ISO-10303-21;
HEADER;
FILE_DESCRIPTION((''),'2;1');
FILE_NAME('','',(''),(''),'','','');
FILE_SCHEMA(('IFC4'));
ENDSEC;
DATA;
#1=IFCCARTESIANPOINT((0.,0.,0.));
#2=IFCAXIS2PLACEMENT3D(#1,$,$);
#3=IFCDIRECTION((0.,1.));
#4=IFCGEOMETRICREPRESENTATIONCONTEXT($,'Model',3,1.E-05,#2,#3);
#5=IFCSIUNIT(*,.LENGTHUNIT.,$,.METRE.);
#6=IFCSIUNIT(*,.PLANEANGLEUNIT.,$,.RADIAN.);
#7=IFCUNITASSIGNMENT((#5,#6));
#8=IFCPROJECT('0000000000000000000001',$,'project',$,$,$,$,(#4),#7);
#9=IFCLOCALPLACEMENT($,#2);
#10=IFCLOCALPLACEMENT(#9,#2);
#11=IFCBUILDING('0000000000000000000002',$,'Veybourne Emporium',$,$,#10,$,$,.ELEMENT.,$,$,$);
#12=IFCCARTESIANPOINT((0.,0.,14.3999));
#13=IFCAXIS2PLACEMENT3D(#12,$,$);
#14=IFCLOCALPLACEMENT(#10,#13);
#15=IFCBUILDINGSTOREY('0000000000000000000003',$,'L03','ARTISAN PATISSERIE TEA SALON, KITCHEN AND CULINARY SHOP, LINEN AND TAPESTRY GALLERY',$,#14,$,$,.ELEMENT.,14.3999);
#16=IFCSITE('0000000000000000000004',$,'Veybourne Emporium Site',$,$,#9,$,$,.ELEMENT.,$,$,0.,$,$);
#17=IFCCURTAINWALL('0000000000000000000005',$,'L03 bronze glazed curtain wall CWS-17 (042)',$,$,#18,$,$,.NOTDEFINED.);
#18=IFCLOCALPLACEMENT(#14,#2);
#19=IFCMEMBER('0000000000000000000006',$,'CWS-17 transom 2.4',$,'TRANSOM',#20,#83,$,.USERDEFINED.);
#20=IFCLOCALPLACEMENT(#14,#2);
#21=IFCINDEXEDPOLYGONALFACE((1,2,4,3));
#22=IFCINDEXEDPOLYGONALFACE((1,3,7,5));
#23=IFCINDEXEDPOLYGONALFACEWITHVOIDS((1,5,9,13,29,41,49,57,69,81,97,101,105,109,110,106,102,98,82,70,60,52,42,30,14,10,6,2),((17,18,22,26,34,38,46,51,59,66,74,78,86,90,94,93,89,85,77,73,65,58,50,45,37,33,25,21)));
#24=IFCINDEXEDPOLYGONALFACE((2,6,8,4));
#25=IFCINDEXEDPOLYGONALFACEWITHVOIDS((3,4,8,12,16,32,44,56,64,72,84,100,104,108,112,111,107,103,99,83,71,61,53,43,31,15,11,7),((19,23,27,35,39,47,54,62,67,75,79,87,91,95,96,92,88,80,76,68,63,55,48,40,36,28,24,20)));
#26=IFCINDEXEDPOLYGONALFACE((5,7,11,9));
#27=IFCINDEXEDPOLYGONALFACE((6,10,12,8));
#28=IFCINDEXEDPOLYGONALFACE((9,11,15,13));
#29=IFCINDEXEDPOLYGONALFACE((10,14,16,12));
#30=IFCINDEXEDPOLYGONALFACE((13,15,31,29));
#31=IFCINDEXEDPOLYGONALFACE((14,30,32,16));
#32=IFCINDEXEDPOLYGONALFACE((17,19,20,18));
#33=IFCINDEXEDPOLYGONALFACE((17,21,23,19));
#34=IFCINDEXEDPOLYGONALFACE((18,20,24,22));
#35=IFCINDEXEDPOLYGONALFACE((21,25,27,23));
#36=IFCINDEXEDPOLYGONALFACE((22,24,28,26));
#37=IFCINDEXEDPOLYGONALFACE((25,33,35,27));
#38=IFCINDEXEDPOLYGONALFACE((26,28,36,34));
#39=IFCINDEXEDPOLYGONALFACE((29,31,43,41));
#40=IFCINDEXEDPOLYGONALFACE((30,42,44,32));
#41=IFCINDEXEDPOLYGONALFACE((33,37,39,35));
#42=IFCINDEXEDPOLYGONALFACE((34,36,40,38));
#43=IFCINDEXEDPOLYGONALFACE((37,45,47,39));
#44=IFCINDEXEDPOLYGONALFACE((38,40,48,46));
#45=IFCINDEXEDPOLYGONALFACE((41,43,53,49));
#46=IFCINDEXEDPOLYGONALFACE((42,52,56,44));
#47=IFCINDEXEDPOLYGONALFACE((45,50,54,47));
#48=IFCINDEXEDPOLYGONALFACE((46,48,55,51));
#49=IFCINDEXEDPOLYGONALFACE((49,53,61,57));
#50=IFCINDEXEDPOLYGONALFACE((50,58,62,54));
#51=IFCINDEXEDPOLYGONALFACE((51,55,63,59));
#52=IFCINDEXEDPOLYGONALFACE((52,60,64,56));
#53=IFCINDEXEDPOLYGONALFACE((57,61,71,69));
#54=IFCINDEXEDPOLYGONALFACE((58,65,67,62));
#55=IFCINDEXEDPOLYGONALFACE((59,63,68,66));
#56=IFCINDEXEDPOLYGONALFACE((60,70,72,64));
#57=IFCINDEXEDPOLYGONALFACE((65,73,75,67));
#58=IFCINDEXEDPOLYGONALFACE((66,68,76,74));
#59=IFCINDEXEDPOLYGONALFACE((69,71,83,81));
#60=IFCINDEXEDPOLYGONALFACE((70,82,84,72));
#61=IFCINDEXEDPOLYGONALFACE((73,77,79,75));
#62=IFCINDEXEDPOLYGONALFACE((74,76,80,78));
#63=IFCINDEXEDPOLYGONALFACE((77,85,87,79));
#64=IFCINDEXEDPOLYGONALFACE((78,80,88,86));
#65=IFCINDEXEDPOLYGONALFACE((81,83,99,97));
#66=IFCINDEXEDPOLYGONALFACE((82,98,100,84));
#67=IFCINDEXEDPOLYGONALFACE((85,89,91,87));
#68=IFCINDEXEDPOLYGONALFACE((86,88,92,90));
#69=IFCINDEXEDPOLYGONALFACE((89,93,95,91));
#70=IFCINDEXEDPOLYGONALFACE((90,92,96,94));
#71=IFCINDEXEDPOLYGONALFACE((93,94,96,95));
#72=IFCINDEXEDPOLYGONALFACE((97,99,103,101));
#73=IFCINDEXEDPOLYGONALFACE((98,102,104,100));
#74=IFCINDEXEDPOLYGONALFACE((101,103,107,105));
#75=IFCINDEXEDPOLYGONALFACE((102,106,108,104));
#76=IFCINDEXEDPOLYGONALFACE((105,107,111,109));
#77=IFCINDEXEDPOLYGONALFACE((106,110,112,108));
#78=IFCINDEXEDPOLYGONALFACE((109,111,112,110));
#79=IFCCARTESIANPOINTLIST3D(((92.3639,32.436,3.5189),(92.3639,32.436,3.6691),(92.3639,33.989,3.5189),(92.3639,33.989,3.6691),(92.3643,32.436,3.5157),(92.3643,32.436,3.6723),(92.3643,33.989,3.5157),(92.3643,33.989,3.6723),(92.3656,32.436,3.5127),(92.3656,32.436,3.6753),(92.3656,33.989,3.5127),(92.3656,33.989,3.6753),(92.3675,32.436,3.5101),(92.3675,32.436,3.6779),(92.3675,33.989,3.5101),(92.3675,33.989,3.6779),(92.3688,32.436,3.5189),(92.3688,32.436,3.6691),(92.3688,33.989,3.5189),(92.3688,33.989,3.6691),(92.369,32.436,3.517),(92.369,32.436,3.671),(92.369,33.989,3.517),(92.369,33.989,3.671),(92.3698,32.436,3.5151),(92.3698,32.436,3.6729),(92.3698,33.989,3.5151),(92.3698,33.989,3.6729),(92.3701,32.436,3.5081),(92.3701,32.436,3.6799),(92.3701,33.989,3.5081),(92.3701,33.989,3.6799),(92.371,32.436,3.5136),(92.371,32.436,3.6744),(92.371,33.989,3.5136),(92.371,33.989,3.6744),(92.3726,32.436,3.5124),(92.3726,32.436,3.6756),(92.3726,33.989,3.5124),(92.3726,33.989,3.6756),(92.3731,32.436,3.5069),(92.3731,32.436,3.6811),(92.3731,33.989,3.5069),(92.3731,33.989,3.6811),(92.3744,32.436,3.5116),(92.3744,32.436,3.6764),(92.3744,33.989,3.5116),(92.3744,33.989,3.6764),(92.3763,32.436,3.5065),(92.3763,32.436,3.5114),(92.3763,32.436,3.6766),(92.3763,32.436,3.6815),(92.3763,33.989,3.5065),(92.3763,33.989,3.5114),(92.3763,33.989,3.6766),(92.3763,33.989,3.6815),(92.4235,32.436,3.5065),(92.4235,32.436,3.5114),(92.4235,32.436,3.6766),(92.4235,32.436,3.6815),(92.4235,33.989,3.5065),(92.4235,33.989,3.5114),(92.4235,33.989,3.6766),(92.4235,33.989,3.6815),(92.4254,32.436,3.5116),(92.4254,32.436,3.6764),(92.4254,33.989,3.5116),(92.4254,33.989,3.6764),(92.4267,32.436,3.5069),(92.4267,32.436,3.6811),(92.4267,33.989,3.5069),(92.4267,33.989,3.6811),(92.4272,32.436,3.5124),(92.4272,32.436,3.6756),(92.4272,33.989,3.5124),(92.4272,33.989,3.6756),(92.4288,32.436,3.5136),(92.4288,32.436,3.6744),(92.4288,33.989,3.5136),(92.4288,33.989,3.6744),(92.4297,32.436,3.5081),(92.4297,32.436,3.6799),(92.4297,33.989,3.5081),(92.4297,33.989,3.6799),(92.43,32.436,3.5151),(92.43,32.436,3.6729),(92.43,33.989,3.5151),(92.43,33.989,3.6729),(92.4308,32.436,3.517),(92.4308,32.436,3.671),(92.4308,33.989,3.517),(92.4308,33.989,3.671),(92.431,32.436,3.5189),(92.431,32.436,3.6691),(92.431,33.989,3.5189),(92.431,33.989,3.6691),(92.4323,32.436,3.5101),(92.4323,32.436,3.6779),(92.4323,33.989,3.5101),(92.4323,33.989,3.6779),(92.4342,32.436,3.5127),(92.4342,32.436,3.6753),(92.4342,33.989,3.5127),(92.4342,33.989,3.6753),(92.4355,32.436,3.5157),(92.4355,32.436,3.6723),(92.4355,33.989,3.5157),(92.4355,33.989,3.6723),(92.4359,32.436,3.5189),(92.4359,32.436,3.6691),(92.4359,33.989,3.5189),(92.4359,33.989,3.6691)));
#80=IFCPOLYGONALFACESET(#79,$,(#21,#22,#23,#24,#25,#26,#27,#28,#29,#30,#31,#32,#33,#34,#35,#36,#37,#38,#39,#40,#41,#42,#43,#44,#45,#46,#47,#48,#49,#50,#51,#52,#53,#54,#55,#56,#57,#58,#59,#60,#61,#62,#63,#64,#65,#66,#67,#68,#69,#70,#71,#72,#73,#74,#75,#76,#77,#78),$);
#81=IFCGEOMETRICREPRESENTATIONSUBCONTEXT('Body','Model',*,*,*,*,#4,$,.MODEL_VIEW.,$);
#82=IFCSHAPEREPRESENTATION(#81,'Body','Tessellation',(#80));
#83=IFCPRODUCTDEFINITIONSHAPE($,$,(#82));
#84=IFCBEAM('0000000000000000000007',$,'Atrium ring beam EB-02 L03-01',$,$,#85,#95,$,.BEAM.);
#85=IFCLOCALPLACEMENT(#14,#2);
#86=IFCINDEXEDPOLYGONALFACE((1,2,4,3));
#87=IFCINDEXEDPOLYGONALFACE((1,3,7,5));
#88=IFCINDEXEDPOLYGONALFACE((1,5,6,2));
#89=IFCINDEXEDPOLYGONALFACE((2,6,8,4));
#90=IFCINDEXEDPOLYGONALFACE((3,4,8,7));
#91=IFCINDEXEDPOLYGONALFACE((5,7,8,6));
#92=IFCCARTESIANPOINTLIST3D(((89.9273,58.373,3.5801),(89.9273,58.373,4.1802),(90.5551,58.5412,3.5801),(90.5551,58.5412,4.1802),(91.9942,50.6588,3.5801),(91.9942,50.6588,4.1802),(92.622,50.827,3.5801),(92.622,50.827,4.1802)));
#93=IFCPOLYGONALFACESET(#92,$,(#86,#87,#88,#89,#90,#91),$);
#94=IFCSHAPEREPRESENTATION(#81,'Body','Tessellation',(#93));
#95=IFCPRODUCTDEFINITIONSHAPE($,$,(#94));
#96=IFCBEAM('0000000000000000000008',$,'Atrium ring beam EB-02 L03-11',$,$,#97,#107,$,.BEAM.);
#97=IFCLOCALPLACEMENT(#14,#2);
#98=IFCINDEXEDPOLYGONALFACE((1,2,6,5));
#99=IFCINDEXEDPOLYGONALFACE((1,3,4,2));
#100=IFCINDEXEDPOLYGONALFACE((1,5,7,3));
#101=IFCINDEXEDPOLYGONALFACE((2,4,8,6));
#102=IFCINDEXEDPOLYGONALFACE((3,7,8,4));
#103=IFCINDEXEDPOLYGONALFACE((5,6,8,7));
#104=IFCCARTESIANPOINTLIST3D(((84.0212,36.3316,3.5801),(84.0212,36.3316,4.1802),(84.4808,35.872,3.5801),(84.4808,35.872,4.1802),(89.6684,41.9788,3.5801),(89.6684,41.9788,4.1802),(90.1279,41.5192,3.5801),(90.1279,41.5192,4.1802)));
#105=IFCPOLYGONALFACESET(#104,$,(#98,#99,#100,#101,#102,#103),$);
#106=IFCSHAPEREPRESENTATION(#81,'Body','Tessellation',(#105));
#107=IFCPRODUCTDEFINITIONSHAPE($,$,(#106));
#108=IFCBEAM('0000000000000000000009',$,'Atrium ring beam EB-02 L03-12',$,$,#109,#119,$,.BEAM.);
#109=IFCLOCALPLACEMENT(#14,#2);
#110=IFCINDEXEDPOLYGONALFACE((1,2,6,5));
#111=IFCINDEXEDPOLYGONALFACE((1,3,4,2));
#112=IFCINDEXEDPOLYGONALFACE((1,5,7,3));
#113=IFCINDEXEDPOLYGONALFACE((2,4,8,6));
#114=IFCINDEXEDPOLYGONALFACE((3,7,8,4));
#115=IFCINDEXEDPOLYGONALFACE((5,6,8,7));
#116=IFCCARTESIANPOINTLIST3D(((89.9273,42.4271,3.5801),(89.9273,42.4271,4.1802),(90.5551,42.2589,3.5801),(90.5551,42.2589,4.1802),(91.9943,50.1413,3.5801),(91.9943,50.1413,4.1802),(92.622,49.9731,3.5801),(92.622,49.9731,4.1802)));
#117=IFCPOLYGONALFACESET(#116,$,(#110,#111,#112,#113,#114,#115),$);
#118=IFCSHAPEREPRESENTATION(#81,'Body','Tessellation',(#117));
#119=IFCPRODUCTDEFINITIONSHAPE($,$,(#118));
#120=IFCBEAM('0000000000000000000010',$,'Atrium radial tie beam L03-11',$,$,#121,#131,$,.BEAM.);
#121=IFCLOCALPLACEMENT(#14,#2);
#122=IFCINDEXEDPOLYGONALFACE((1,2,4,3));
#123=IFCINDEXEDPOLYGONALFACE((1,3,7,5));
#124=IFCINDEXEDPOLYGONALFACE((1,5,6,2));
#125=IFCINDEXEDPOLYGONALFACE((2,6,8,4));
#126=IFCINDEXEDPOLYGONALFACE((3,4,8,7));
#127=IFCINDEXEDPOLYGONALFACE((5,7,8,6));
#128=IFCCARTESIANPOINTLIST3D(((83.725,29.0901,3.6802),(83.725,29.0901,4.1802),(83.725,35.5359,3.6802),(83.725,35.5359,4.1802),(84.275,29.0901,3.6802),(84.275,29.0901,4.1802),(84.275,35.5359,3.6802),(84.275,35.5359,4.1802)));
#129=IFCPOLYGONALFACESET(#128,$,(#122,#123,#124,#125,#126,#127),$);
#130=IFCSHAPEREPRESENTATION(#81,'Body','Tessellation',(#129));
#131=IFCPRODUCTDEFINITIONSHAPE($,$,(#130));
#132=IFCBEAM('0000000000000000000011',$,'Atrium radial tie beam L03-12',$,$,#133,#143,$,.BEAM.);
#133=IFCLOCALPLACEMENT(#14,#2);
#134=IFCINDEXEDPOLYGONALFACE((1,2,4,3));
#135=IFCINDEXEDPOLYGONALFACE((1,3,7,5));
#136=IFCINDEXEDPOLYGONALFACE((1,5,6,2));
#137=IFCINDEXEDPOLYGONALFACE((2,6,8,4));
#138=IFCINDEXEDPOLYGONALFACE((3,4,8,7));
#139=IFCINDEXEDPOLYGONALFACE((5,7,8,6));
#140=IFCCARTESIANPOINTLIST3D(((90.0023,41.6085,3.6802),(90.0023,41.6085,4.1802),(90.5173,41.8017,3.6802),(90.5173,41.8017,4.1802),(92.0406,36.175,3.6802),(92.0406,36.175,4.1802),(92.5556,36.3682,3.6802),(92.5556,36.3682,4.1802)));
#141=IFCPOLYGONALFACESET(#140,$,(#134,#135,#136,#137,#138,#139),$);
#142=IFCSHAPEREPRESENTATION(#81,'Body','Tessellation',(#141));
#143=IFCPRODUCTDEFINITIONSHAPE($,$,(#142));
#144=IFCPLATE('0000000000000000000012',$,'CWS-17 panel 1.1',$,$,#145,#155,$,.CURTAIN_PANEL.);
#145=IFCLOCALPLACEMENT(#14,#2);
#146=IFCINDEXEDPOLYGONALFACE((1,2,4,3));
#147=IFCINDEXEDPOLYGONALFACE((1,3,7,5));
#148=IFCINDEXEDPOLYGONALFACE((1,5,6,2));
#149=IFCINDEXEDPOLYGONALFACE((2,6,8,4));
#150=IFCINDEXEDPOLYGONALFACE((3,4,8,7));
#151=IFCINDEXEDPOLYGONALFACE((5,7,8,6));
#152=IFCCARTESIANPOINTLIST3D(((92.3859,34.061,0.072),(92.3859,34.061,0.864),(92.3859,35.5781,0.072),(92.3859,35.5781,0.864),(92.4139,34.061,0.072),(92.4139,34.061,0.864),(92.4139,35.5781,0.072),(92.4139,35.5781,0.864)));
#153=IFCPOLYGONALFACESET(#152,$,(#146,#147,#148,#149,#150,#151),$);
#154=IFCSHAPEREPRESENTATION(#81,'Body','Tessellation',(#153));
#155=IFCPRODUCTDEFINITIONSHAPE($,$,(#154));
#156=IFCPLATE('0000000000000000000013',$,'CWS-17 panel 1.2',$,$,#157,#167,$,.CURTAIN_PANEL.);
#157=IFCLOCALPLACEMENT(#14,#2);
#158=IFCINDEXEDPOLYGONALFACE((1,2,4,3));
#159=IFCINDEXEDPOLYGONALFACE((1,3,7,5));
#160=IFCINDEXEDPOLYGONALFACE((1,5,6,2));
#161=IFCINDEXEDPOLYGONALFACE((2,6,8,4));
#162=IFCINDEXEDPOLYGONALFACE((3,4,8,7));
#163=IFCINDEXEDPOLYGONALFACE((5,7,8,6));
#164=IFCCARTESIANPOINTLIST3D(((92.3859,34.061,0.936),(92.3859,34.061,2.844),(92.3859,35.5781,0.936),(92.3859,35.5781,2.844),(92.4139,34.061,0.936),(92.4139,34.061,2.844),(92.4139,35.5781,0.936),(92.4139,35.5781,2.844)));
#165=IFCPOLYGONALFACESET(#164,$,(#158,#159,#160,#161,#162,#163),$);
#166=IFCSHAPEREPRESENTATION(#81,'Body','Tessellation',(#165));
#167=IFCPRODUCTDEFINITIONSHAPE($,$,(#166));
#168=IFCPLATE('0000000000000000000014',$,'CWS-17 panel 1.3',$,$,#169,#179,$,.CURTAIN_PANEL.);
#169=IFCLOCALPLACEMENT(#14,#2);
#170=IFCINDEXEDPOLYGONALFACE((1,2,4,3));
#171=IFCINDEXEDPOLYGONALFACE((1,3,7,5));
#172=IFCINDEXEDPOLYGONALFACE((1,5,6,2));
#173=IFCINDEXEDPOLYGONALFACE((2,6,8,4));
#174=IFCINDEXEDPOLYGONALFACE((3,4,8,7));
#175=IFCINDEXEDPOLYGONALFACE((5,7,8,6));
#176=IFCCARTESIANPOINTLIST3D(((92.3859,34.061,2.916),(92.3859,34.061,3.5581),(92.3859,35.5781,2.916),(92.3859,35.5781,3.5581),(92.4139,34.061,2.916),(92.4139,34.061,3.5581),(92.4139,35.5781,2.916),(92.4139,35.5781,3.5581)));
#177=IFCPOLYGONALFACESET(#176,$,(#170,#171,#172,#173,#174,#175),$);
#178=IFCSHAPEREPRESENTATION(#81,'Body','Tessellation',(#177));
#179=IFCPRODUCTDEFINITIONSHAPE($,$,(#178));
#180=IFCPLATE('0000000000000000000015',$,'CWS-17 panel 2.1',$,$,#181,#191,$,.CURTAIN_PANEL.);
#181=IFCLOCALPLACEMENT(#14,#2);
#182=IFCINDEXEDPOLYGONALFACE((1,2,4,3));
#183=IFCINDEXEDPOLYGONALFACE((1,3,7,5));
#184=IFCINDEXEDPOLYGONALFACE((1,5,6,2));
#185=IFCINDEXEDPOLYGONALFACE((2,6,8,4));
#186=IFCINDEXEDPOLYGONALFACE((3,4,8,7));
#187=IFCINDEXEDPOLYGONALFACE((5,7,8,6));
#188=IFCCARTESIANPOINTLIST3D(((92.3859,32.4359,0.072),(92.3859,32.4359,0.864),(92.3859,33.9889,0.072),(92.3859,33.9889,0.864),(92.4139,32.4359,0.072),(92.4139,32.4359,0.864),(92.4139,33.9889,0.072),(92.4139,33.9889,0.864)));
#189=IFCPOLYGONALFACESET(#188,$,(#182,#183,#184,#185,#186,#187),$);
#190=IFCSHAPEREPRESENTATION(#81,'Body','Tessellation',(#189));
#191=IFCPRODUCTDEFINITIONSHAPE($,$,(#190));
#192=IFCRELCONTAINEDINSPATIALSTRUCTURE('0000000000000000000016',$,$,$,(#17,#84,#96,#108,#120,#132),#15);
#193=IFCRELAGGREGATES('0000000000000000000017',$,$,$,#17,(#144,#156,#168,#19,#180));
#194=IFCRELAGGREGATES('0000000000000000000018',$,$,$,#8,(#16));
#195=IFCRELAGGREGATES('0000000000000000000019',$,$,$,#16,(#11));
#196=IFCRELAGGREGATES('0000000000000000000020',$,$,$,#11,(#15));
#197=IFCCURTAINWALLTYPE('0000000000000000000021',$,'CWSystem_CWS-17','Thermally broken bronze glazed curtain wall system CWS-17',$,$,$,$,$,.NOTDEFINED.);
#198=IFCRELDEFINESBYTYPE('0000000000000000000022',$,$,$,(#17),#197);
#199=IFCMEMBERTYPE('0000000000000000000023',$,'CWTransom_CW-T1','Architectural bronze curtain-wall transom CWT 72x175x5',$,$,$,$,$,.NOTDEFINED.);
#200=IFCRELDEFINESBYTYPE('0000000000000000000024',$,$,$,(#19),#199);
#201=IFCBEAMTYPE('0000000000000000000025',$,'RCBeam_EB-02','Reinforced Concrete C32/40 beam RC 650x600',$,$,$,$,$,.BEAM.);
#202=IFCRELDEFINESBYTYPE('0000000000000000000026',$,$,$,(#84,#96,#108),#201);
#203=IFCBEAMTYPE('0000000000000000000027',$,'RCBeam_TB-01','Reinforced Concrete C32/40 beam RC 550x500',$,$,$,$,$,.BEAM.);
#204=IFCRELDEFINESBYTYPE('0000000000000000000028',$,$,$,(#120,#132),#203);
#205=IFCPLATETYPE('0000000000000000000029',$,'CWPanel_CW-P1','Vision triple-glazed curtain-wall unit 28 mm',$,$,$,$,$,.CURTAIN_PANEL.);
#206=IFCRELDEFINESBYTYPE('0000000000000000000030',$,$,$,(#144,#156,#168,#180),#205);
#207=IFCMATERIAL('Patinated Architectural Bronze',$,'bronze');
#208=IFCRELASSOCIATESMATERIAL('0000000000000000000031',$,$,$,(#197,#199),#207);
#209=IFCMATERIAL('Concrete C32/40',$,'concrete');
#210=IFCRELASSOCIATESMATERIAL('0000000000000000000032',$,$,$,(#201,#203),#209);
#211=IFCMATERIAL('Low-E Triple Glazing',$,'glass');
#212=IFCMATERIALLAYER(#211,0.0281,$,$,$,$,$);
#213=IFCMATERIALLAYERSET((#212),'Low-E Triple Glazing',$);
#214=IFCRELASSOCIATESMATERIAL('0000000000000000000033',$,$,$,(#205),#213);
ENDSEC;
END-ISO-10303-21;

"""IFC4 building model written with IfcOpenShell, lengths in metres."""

from ifc_helpers import new_model, si_unit, direction, frame, origin, origin_2d, place, context, subcontext, project, spatial, rectangle, hollow_rectangle, extrude, material, layer, layer_set, material_profile, profile_set, type_object, element, aggregate, save


model = new_model("IFC4")

# Units and contexts
model_context = context("Model", 3, precision=1e-05, world=origin(), true_north=direction((0.0, 1.0)))
body_context = subcontext(model_context, "Body", "Model", "MODEL_VIEW")
ifc_project = project(units=[si_unit("LENGTHUNIT", "METRE"), si_unit("PLANEANGLEUNIT", "RADIAN")], contexts=[model_context])

# Site, building, storey
site_placement = place(None, origin())
site = spatial("IfcSite", under=ifc_project, at=site_placement, Name="Veybourne Emporium Site", CompositionType="ELEMENT", RefElevation=0.0)
building_placement = place(site_placement, origin())
building = spatial("IfcBuilding", under=site, at=building_placement, Name="Veybourne Emporium", CompositionType="ELEMENT")
storey_placement = place(building_placement, frame((0.0, 0.0, 14.3999)))
storey = spatial("IfcBuildingStorey", under=building, at=storey_placement, Name="L03", Description="ARTISAN PATISSERIE TEA SALON, KITCHEN AND CULINARY SHOP, LINEN AND TAPESTRY GALLERY", CompositionType="ELEMENT", Elevation=14.3999)

# Curtain wall, member
ifc_material_1 = material(Name="Patinated Architectural Bronze", Category="bronze")
curtain_wall_type = type_object("IfcCurtainWallType", Name="CWSystem_CWS-17", Description="Thermally broken bronze glazed curtain wall system CWS-17", PredefinedType="NOTDEFINED", material=ifc_material_1)
curtain_wall_placement = place(storey_placement, origin())
curtain_wall = element("IfcCurtainWall", 1, at=curtain_wall_placement, inside=storey, type_object=curtain_wall_type, Name="L03 bronze glazed curtain wall CWS-17 (042)", PredefinedType="NOTDEFINED")
ifc_material_profile_1 = material_profile(ifc_material_1, hollow_rectangle(XDim=0.072, YDim=0.175, WallThickness=0.0049, InnerFilletRadius=0.0076, OuterFilletRadius=0.0125, at=origin_2d()), Name="CWT 72x175x5")
ifc_profile_set_1 = profile_set([ifc_material_profile_1], Name="Patinated Architectural Bronze")
member_type_1 = type_object("IfcMemberType", Name="CWTransom_CW-T1", Description="Architectural bronze curtain-wall transom CWT 72x175x5", PredefinedType="NOTDEFINED", material=ifc_profile_set_1)
member_1_placement = place(storey_placement, frame((92.3999, 33.989, 3.594), z_axis=(0.0, -1.0, 0.0), x_axis=(1.0, 0.0, 0.0)))
member_1 = element("IfcMember", 2, at=member_1_placement, type_object=member_type_1, Name="CWS-17 transom 2.4", ObjectType="TRANSOM", PredefinedType="USERDEFINED", context=body_context, shape_type="SweptSolid", body=[
    extrude(hollow_rectangle(XDim=0.072, YDim=0.175, WallThickness=0.0049, InnerFilletRadius=0.0076, OuterFilletRadius=0.0125, at=origin_2d()), origin(), (0.0, 0.0, 1.0), 1.553),
])

# Beams
ifc_material_2 = material(Name="Concrete C32/40", Category="concrete")
ifc_material_profile_2 = material_profile(ifc_material_2, rectangle(XDim=0.6499, YDim=0.6001, at=origin_2d()), Name="RC 650x600")
ifc_profile_set_2 = profile_set([ifc_material_profile_2], Name="Concrete C32/40")
beam_type_1 = type_object("IfcBeamType", Name="RCBeam_EB-02", Description="Reinforced Concrete C32/40 beam RC 650x600", PredefinedType="BEAM", material=ifc_profile_set_2)
for number, where, z_axis, x_axis, name in (
    (3, (92.3081, 50.7429, 3.8801), (-0.258808, 0.965929, 0.0), (-0.965929, -0.258808, 0.0), "Atrium ring beam EB-02 L03-01"),
    (4, (84.251, 36.1018, 3.8801), (0.707107, 0.707107, 0.0), (-0.707107, 0.707107, 0.0), "Atrium ring beam EB-02 L03-11"),
    (5, (90.2412, 42.343, 3.8801), (0.258808, 0.965929, 0.0), (-0.965929, 0.258808, 0.0), "Atrium ring beam EB-02 L03-12"),
):
    element("IfcBeam", number, at=place(storey_placement, frame(where, z_axis=z_axis, x_axis=x_axis)), inside=storey, type_object=beam_type_1, Name=name, PredefinedType="BEAM", context=body_context, shape_type="SweptSolid", body=[
        extrude(rectangle(XDim=0.6499, YDim=0.6001, at=origin_2d()), origin(), (0.0, 0.0, 1.0), 7.9863),
    ])
ifc_material_profile_3 = material_profile(ifc_material_2, rectangle(XDim=0.55, YDim=0.5, at=origin_2d()), Name="RC 550x500")
ifc_profile_set_3 = profile_set([ifc_material_profile_3], Name="Concrete C32/40")
beam_type_2 = type_object("IfcBeamType", Name="RCBeam_TB-01", Description="Reinforced Concrete C32/40 beam RC 550x500", PredefinedType="BEAM", material=ifc_profile_set_3)
beam_1_placement = place(storey_placement, frame((84.0, 35.5359, 3.9302), z_axis=(0.0, -1.0, 0.0), x_axis=(1.0, 0.0, 0.0)))
element("IfcBeam", 6, at=beam_1_placement, inside=storey, type_object=beam_type_2, Name="Atrium radial tie beam L03-11", PredefinedType="BEAM", context=body_context, shape_type="SweptSolid", body=[
    extrude(rectangle(XDim=0.55, YDim=0.5, at=origin_2d()), origin(), (0.0, 0.0, 1.0), 6.4458),
])
beam_2_placement = place(storey_placement, frame((90.2598, 41.7051, 3.9302), z_axis=(0.351234, -0.936288, 0.0), x_axis=(0.936288, 0.351234, 0.0)))
element("IfcBeam", 7, at=beam_2_placement, inside=storey, type_object=beam_type_2, Name="Atrium radial tie beam L03-12", PredefinedType="BEAM", context=body_context, shape_type="SweptSolid", body=[
    extrude(rectangle(XDim=0.55, YDim=0.5, at=origin_2d()), origin(), (0.0, 0.0, 1.0), 5.8032),
])

# Plates
ifc_material_3 = material(Name="Low-E Triple Glazing", Category="glass")
ifc_layer_1 = layer(ifc_material_3, 0.0281)
ifc_layer_set_1 = layer_set([ifc_layer_1], Name="Low-E Triple Glazing")
plate_type = type_object("IfcPlateType", Name="CWPanel_CW-P1", Description="Vision triple-glazed curtain-wall unit 28 mm", PredefinedType="CURTAIN_PANEL", material=ifc_layer_set_1)
plate_1_placement = place(storey_placement, frame((92.3999, 34.8196, 0.072), z_axis=(0.0, 0.0, 1.0), x_axis=(0.0, -1.0, 0.0)))
plate_1 = element("IfcPlate", 8, at=plate_1_placement, type_object=plate_type, Name="CWS-17 panel 1.1", PredefinedType="CURTAIN_PANEL", context=body_context, shape_type="SweptSolid", body=[
    extrude(rectangle(XDim=1.5171, YDim=0.0281, at=origin_2d()), origin(), (0.0, 0.0, 1.0), 0.792),
])
plate_2_placement = place(storey_placement, frame((92.3999, 34.8196, 0.936), z_axis=(0.0, 0.0, 1.0), x_axis=(0.0, -1.0, 0.0)))
plate_2 = element("IfcPlate", 9, at=plate_2_placement, type_object=plate_type, Name="CWS-17 panel 1.2", PredefinedType="CURTAIN_PANEL", context=body_context, shape_type="SweptSolid", body=[
    extrude(rectangle(XDim=1.5171, YDim=0.0281, at=origin_2d()), origin(), (0.0, 0.0, 1.0), 1.908),
])
plate_3_placement = place(storey_placement, frame((92.3999, 34.8196, 2.916), z_axis=(0.0, 0.0, 1.0), x_axis=(0.0, -1.0, 0.0)))
plate_3 = element("IfcPlate", 10, at=plate_3_placement, type_object=plate_type, Name="CWS-17 panel 1.3", PredefinedType="CURTAIN_PANEL", context=body_context, shape_type="SweptSolid", body=[
    extrude(rectangle(XDim=1.5171, YDim=0.0281, at=origin_2d()), origin(), (0.0, 0.0, 1.0), 0.6421),
])
plate_4_placement = place(storey_placement, frame((92.3999, 33.2124, 0.072), z_axis=(0.0, 0.0, 1.0), x_axis=(0.0, -1.0, 0.0)))
plate_4 = element("IfcPlate", 11, at=plate_4_placement, type_object=plate_type, Name="CWS-17 panel 2.1", PredefinedType="CURTAIN_PANEL", context=body_context, shape_type="SweptSolid", body=[
    extrude(rectangle(XDim=1.553, YDim=0.0281, at=origin_2d()), origin(), (0.0, 0.0, 1.0), 0.792),
])
aggregate(curtain_wall, [plate_1, plate_2, plate_3, member_1, plate_4])

save(model, "model.ifc")
